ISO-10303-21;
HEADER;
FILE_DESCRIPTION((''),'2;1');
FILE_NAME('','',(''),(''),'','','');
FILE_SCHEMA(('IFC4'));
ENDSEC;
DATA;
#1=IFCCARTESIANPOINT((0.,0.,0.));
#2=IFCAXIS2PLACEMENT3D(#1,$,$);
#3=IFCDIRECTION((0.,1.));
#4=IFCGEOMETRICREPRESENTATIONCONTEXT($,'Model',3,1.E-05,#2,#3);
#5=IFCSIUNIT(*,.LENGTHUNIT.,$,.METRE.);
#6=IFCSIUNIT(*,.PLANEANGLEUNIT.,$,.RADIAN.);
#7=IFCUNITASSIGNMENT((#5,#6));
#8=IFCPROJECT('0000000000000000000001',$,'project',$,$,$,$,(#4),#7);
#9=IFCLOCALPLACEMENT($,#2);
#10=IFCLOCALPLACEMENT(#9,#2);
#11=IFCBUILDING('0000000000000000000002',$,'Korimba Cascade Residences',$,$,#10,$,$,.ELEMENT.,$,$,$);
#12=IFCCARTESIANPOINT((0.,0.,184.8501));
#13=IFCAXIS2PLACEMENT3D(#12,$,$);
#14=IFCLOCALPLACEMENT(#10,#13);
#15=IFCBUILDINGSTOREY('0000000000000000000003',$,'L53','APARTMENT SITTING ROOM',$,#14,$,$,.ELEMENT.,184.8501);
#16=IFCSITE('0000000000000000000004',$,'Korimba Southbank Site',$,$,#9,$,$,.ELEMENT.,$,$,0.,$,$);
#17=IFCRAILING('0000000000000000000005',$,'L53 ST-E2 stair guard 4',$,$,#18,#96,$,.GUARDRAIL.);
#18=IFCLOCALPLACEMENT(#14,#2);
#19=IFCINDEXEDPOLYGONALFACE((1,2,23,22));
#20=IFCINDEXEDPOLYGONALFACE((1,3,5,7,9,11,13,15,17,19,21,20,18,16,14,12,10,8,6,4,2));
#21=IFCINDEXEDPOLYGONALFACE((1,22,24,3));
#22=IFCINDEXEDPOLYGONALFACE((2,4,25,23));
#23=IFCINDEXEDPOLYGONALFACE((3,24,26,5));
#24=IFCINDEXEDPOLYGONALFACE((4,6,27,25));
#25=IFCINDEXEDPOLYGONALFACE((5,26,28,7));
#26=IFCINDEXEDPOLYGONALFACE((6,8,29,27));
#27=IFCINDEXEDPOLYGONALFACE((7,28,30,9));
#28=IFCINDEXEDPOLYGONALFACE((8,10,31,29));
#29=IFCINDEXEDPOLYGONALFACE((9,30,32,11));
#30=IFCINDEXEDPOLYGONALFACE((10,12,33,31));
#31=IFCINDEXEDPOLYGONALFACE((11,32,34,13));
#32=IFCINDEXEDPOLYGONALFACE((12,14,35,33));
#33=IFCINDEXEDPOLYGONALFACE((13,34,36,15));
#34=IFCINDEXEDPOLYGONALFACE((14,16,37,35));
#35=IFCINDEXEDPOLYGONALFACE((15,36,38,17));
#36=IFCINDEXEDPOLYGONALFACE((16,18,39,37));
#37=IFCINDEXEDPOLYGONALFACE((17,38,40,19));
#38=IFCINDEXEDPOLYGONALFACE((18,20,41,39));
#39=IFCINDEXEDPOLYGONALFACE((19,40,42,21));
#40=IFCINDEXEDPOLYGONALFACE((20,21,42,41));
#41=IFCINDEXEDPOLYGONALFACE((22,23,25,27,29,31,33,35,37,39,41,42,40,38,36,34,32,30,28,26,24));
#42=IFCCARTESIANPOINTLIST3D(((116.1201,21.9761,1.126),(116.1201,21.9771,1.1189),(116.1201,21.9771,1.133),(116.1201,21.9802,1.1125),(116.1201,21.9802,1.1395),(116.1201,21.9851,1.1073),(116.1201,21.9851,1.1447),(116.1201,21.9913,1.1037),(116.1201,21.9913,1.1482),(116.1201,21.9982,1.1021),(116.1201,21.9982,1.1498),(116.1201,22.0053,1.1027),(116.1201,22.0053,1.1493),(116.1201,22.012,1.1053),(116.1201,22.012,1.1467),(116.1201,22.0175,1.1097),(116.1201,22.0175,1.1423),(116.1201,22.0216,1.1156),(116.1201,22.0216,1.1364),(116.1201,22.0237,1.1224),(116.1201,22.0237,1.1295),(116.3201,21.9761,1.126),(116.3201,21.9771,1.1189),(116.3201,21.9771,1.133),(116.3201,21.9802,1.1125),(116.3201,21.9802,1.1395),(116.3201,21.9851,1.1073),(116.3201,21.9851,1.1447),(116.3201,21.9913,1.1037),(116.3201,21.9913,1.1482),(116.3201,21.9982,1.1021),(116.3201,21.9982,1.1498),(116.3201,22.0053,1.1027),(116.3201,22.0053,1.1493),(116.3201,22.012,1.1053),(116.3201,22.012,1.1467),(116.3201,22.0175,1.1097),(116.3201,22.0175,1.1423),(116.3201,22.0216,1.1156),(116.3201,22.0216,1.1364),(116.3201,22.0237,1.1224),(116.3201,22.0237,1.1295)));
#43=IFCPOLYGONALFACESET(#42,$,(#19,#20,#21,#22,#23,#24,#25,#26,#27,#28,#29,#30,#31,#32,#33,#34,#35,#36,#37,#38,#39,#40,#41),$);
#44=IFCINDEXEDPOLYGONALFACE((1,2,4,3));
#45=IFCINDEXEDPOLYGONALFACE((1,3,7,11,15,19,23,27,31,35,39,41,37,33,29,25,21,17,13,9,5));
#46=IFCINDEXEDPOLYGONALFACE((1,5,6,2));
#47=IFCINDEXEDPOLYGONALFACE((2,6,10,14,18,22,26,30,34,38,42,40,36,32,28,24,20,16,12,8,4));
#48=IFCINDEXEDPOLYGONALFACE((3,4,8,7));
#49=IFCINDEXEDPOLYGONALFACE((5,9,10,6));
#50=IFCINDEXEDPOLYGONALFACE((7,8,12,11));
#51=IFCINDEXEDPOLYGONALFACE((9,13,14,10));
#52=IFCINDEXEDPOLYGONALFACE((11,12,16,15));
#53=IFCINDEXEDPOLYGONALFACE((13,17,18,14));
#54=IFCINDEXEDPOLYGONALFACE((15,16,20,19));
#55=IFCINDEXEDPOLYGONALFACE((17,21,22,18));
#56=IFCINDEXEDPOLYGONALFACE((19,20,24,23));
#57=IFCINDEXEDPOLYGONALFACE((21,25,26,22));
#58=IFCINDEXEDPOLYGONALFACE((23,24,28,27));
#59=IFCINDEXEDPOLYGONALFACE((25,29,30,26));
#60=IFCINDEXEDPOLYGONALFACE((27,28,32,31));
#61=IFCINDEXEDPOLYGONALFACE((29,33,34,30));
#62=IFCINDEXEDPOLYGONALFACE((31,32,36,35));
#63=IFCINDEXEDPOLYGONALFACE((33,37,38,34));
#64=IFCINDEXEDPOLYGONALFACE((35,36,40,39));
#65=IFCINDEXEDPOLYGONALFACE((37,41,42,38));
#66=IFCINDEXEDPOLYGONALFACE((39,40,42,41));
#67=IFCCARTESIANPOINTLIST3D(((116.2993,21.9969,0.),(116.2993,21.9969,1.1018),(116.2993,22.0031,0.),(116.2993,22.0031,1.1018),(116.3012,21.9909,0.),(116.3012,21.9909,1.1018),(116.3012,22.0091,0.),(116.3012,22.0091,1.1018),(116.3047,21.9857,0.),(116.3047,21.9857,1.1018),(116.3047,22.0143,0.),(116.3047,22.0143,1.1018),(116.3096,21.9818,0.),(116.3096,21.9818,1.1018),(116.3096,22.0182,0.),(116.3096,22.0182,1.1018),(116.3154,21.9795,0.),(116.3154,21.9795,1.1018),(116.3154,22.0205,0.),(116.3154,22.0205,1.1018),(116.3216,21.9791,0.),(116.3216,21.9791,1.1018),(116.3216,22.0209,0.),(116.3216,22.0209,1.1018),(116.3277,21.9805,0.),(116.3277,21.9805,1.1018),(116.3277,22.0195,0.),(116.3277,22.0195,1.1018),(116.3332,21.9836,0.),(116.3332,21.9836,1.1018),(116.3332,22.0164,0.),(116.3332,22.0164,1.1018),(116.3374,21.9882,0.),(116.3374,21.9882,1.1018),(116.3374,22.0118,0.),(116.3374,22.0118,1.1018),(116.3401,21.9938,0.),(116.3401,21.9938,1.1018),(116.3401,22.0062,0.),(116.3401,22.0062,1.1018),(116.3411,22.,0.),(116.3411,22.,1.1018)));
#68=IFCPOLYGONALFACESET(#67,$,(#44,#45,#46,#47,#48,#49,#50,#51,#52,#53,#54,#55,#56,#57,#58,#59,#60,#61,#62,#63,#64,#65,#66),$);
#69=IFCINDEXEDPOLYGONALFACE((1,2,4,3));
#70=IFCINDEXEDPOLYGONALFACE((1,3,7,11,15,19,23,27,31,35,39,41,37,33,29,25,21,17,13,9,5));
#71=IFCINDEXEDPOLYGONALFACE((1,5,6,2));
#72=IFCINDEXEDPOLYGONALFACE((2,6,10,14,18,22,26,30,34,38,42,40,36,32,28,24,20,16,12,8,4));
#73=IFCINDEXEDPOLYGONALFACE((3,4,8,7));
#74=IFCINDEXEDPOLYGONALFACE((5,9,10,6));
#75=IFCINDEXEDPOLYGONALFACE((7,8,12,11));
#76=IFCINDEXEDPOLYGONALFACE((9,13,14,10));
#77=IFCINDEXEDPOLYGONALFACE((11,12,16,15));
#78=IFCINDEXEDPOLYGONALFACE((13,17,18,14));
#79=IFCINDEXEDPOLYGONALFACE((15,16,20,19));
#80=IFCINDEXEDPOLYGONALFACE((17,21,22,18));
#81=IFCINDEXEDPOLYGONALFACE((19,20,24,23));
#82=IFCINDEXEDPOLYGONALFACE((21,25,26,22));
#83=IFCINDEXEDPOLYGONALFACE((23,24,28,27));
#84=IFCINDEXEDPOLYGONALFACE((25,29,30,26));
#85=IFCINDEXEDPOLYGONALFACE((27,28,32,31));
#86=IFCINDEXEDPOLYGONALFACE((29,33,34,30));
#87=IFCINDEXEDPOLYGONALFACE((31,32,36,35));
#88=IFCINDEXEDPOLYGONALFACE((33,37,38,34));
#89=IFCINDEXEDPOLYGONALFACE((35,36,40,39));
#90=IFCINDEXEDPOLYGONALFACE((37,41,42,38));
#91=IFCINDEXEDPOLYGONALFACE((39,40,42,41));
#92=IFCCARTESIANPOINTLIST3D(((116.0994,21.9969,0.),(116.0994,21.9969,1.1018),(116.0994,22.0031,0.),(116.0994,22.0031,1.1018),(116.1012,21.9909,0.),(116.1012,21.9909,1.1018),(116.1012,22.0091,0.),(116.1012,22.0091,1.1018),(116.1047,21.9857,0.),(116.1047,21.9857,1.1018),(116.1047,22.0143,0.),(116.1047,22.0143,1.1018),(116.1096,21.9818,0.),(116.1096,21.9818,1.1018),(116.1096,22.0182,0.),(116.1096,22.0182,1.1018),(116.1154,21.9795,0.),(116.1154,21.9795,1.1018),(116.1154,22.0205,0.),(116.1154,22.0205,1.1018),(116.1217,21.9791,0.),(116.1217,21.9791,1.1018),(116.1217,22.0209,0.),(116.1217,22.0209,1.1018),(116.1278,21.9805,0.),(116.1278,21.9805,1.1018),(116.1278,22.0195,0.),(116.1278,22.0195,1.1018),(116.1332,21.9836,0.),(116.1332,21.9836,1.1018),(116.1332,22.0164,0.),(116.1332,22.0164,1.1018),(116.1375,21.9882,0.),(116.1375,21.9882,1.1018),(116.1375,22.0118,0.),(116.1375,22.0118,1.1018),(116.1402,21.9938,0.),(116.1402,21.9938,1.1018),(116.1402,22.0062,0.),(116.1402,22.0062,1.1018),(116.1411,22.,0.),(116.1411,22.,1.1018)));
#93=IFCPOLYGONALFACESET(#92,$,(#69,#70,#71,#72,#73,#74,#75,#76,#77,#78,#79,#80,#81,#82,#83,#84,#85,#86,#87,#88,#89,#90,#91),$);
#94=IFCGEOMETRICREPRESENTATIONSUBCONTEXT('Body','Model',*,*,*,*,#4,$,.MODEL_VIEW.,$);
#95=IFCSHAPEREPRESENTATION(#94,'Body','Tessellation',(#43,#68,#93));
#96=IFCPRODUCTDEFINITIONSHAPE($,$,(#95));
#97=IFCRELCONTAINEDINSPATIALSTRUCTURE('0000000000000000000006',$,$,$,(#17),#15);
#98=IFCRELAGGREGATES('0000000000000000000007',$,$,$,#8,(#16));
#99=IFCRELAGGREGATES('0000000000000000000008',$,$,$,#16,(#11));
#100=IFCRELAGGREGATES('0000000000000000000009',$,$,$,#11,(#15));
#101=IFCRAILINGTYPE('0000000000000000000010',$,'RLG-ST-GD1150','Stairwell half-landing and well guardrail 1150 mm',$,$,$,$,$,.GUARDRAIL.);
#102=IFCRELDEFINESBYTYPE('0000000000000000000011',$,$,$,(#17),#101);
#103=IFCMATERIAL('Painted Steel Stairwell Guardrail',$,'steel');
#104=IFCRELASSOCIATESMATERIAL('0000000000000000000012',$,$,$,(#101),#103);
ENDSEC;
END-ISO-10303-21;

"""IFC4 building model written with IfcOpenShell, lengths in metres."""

from ifc_helpers import new_model, si_unit, direction, frame, origin, origin_2d, place, context, subcontext, project, spatial, circle, extrude, material, type_object, element, save


model = new_model("IFC4")

# Units and contexts
model_context = context("Model", 3, precision=1e-05, world=origin(), true_north=direction((0.0, 1.0)))
body_context = subcontext(model_context, "Body", "Model", "MODEL_VIEW")
ifc_project = project(units=[si_unit("LENGTHUNIT", "METRE"), si_unit("PLANEANGLEUNIT", "RADIAN")], contexts=[model_context])

# Site, building, storey
site_placement = place(None, origin())
site = spatial("IfcSite", under=ifc_project, at=site_placement, Name="Korimba Southbank Site", CompositionType="ELEMENT", RefElevation=0.0)
building_placement = place(site_placement, origin())
building = spatial("IfcBuilding", under=site, at=building_placement, Name="Korimba Cascade Residences", CompositionType="ELEMENT")
storey_placement = place(building_placement, frame((0.0, 0.0, 184.8501)))
storey = spatial("IfcBuildingStorey", under=building, at=storey_placement, Name="L53", Description="APARTMENT SITTING ROOM", CompositionType="ELEMENT", Elevation=184.8501)

# Railing
ifc_material_1 = material(Name="Painted Steel Stairwell Guardrail", Category="steel")
railing_type_1 = type_object("IfcRailingType", Name="RLG-ST-GD1150", Description="Stairwell half-landing and well guardrail 1150 mm", PredefinedType="GUARDRAIL", material=ifc_material_1)
railing_1_placement = place(storey_placement, frame((116.3201, 22.0, 0.0)))
element("IfcRailing", 1, at=railing_1_placement, inside=storey, type_object=railing_type_1, Name="L53 ST-E2 stair guard 4", PredefinedType="GUARDRAIL", context=body_context, shape_type="SweptSolid", body=[
    extrude(circle(Radius=0.0239, at=origin_2d()), frame((0.0, 0.0, 1.126), z_axis=(-1.0, 0.0, 0.0), x_axis=(0.0, -1.0, 0.0)), (0.0, 0.0, 1.0), 0.2),
    extrude(circle(Radius=0.021, at=origin_2d()), origin(), (0.0, 0.0, 1.0), 1.1018),
    extrude(circle(Radius=0.021, at=origin_2d()), frame((-0.2, 0.0, 0.0)), (0.0, 0.0, 1.0), 1.1018),
])

save(model, "model.ifc")
